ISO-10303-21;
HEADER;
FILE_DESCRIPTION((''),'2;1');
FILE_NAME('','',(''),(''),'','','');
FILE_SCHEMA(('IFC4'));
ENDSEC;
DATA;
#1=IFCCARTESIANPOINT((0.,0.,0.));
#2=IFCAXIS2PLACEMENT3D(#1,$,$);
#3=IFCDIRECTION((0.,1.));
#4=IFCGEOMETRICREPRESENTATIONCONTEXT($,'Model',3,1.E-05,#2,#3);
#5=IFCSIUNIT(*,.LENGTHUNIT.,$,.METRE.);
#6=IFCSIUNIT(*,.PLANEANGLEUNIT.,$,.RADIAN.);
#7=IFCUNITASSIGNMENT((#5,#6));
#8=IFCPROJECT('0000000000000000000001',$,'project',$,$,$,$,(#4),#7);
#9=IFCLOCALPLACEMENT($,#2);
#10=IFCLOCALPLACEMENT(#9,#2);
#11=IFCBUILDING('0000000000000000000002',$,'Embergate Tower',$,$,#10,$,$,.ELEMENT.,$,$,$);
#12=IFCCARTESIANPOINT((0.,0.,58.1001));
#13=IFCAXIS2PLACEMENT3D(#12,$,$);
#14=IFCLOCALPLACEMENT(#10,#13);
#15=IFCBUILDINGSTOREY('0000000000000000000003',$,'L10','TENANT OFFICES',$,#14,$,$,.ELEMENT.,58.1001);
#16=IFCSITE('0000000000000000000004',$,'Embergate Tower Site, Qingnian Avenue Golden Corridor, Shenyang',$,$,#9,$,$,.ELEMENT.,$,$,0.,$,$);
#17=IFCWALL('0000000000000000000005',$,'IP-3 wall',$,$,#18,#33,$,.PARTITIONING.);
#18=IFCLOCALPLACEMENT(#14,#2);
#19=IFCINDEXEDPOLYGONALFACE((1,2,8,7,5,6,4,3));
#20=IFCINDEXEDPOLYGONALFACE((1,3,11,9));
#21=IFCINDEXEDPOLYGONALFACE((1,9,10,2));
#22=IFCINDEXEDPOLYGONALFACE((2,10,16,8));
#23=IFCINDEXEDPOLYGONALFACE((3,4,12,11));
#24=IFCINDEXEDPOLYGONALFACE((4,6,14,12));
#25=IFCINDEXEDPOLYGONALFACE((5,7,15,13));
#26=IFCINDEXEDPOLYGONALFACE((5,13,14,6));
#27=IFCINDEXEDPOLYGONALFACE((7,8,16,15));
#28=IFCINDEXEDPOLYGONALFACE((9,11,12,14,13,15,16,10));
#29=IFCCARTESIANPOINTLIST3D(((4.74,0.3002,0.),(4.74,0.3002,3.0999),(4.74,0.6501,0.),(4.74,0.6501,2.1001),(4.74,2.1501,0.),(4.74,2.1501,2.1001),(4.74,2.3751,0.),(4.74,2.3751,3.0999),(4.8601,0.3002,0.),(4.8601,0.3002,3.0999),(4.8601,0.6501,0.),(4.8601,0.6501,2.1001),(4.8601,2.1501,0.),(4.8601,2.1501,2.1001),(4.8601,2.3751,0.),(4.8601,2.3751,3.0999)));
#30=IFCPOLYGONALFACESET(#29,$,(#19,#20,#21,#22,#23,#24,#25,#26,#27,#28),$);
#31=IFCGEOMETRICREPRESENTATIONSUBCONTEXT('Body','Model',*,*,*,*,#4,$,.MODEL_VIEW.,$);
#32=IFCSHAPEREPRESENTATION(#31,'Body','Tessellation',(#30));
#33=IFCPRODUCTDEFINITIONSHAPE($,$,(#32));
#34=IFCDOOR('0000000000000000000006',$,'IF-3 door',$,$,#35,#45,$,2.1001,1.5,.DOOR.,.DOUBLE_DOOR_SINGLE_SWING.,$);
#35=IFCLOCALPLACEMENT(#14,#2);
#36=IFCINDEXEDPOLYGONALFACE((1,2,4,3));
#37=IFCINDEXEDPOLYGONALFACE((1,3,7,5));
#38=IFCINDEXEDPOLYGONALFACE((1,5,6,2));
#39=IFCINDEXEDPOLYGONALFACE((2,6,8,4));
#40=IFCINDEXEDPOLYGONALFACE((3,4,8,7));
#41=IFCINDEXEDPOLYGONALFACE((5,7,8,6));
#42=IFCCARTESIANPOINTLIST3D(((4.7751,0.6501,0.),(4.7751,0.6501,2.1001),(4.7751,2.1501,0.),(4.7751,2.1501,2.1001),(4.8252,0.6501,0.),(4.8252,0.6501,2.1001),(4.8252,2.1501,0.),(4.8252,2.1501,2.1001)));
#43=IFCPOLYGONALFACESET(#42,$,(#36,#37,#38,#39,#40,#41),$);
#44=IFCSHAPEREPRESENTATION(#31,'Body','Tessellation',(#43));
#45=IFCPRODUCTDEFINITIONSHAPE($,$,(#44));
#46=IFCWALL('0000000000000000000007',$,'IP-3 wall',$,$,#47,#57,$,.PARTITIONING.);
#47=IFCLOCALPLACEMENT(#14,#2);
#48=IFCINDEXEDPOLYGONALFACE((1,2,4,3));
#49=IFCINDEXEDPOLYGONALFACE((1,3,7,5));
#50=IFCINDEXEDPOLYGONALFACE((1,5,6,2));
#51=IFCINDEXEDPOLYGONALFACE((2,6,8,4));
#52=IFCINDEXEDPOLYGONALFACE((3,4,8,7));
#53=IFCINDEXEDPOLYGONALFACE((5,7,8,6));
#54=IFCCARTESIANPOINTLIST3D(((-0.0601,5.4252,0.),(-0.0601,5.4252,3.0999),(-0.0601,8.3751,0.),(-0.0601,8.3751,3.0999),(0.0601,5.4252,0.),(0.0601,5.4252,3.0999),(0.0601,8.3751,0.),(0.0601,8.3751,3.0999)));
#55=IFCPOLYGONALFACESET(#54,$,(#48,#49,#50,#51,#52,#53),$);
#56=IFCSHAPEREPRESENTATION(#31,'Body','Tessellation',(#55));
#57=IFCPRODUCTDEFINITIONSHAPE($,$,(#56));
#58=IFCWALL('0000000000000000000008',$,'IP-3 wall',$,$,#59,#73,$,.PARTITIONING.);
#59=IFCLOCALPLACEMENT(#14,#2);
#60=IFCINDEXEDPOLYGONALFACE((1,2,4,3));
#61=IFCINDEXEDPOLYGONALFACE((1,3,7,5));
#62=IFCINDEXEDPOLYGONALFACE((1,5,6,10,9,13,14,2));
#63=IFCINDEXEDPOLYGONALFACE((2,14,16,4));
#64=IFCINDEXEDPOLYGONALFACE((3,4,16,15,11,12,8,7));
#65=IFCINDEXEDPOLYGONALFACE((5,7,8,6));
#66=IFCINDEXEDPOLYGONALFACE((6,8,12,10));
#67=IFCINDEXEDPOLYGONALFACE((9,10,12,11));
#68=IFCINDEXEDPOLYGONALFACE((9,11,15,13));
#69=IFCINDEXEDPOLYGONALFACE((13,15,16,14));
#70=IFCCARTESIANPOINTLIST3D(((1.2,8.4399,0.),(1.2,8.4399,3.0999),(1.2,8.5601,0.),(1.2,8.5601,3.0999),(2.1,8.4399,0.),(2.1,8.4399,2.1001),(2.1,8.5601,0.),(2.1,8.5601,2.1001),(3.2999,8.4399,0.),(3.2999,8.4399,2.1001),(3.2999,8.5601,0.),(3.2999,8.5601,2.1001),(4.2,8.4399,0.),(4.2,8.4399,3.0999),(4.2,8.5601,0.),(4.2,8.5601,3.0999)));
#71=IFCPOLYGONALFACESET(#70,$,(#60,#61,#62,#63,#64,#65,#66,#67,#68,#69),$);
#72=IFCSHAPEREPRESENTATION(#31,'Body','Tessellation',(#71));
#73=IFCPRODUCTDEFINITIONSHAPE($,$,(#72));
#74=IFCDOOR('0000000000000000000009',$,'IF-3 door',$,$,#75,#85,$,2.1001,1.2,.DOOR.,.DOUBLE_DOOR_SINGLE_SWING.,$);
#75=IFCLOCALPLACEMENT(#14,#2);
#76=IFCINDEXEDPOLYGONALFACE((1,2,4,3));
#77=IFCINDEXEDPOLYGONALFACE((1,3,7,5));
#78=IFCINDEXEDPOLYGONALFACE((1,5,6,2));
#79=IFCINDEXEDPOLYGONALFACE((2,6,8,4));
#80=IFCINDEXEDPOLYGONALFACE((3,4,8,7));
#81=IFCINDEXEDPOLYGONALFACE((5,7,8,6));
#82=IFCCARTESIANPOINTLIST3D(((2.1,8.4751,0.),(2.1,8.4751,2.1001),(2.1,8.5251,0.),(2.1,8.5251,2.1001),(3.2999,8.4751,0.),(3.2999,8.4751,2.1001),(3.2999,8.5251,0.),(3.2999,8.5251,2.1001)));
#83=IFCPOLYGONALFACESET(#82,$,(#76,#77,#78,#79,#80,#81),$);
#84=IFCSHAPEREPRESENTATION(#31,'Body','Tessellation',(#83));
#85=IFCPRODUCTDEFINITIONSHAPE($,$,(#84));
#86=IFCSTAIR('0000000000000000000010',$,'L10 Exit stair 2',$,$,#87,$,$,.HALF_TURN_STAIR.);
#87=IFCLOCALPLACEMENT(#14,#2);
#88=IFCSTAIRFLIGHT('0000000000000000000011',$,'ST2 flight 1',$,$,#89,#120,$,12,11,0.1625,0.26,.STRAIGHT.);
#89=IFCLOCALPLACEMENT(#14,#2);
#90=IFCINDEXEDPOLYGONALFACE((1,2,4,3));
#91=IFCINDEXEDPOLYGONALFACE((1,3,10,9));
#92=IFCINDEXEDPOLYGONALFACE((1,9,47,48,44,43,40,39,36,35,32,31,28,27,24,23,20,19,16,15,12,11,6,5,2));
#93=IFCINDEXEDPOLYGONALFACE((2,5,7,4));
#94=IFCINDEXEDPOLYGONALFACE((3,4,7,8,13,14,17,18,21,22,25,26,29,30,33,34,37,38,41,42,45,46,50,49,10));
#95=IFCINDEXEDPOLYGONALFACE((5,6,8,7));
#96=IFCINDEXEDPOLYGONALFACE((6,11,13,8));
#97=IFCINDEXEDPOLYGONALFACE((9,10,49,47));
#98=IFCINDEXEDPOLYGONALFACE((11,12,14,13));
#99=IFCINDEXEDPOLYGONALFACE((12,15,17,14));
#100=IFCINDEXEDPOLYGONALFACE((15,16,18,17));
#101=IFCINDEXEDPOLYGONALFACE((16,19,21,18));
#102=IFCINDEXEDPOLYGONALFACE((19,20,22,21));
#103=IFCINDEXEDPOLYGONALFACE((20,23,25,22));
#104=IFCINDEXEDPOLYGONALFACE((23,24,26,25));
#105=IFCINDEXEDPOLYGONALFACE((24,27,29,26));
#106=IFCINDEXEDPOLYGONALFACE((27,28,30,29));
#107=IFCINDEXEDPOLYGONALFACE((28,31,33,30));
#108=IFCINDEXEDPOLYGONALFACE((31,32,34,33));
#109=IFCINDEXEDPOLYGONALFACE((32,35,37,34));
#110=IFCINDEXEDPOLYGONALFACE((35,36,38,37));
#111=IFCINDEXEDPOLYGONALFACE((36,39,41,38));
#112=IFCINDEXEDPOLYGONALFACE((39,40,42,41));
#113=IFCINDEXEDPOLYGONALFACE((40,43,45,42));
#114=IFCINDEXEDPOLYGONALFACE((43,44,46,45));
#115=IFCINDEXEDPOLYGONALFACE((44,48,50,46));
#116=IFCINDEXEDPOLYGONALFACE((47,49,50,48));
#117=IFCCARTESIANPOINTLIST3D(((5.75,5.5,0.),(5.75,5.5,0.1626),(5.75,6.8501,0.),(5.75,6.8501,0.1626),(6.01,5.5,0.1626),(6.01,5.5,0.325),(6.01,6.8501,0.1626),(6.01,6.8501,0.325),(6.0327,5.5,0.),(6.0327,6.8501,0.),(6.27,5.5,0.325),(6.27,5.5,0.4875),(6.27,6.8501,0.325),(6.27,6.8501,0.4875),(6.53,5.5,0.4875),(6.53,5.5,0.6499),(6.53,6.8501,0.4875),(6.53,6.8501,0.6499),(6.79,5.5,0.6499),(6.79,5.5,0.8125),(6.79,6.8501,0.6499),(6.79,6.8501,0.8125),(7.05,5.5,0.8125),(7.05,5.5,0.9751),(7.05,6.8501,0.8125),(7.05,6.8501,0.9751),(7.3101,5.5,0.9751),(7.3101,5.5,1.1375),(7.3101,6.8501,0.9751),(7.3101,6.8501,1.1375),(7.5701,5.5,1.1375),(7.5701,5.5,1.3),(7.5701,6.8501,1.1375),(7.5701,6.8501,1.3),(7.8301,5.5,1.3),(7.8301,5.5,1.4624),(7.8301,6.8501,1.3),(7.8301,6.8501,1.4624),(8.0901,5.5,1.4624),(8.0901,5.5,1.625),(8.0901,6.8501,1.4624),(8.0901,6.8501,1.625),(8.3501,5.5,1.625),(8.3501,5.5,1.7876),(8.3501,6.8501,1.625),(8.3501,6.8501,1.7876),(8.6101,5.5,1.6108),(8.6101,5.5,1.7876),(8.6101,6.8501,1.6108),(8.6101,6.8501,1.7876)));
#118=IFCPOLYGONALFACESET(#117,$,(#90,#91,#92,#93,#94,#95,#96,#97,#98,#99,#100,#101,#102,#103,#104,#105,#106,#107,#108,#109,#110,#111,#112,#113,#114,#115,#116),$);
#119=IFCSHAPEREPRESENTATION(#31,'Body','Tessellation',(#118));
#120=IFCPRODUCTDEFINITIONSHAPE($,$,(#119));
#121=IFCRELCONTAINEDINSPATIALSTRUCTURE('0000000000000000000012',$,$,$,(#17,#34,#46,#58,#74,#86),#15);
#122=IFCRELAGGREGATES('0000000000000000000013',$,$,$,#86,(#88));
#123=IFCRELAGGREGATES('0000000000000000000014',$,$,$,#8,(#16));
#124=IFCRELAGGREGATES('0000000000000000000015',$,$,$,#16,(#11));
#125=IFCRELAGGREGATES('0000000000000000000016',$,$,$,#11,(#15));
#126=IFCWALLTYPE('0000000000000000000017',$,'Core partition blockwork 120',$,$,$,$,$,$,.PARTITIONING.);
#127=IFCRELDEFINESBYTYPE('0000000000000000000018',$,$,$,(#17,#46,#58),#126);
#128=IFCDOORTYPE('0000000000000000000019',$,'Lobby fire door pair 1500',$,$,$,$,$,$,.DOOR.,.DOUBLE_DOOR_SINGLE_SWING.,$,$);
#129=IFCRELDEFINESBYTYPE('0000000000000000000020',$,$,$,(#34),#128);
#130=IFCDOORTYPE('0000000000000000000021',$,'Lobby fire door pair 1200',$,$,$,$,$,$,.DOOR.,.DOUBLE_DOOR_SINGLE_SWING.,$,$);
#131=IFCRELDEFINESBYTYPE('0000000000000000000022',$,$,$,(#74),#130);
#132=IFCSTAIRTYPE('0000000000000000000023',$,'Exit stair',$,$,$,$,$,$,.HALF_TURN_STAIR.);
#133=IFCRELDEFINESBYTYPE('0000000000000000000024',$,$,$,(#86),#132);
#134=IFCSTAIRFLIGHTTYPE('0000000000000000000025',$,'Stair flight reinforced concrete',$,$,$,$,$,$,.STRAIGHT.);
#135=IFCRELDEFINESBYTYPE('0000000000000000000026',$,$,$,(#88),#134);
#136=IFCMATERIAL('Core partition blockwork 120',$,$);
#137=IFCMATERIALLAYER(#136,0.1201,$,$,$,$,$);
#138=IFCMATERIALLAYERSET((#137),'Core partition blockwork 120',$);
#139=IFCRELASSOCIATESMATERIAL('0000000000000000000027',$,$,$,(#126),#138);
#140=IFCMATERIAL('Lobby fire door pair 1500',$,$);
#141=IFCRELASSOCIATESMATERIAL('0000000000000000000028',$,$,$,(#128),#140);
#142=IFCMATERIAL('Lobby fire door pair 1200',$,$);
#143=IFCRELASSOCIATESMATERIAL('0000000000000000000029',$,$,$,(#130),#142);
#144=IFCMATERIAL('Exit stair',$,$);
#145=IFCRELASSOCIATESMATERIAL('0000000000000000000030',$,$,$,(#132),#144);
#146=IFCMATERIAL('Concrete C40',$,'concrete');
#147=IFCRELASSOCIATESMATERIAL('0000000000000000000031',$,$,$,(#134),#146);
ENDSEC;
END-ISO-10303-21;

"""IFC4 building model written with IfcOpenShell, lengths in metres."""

from ifc_helpers import new_model, si_unit, direction, frame, frame_2d, origin, place, context, subcontext, project, spatial, polyline, rectangle, outline, extrude, source, transform, mapped, material, layer, layer_set, type_object, element, fill, aggregate, save


model = new_model("IFC4")

# Units and contexts
model_context = context("Model", 3, precision=1e-05, world=origin(), true_north=direction((0.0, 1.0)))
body_context = subcontext(model_context, "Body", "Model", "MODEL_VIEW")
ifc_project = project(units=[si_unit("LENGTHUNIT", "METRE"), si_unit("PLANEANGLEUNIT", "RADIAN")], contexts=[model_context])

# Site, building, storey
site_placement = place(None, origin())
site = spatial("IfcSite", under=ifc_project, at=site_placement, Name="Embergate Tower Site, Qingnian Avenue Golden Corridor, Shenyang", CompositionType="ELEMENT", RefElevation=0.0)
building_placement = place(site_placement, origin())
building = spatial("IfcBuilding", under=site, at=building_placement, Name="Embergate Tower", CompositionType="ELEMENT")
storey_placement = place(building_placement, frame((0.0, 0.0, 58.1001)))
storey = spatial("IfcBuildingStorey", under=building, at=storey_placement, Name="L10", Description="TENANT OFFICES", CompositionType="ELEMENT", Elevation=58.1001)

# Shared definitions
shared_shape_1 = source(origin(), body_context, "Body", "SweptSolid", [
    extrude(rectangle(XDim=1.2, YDim=2.1001, at=frame_2d((0.6001, 1.05))), frame((0.0, 0.0249, 0.0), z_axis=(0.0, -1.0, 0.0), x_axis=(1.0, 0.0, 0.0)), (0.0, 0.0, 1.0), 0.05),
])

# Shared definitions
ifc_material_1 = material(Name="Core partition blockwork 120")
ifc_layer_1 = layer(ifc_material_1, 0.1201)
ifc_layer_set_1 = layer_set([ifc_layer_1], Name="Core partition blockwork 120")
wall_type_1 = type_object("IfcWallType", Name="Core partition blockwork 120", PredefinedType="PARTITIONING", material=ifc_layer_set_1)

# Wall, opening, door
shared_shape_2 = source(origin(), body_context, "Body", "SweptSolid", [
    extrude(rectangle(XDim=2.075, YDim=0.1201, at=frame_2d((1.0376, 0.0))), origin(), (0.0, 0.0, 1.0), 3.0999),
])
wall_1_placement = place(storey_placement, frame((4.8, 0.3, 0.0), z_axis=(0.0, 0.0, 1.0), x_axis=(0.0, 1.0, 0.0)))
wall_1 = element("IfcWall", 1, at=wall_1_placement, inside=storey, type_object=wall_type_1, Name="IP-3 wall", PredefinedType="PARTITIONING", context=body_context, shape_type="MappedRepresentation", body=[
    mapped(shared_shape_2, transform((0.0, 0.0, 0.0))),
])
shared_shape_3 = source(origin(), body_context, "Body", "SweptSolid", [
    extrude(rectangle(XDim=1.5, YDim=2.1001, at=frame_2d((0.75, 1.05))), frame((0.0, 0.0701, 0.0), z_axis=(0.0, -1.0, 0.0), x_axis=(1.0, 0.0, 0.0)), (0.0, 0.0, 1.0), 0.1401),
])
opening_1_placement = place(wall_1_placement, frame((0.3501, 0.0, 0.0)))
opening_1 = element("IfcOpeningElement", 2, at=opening_1_placement, cuts=wall_1, PredefinedType="OPENING", context=body_context, shape_type="MappedRepresentation", body=[
    mapped(shared_shape_3, transform((0.0, 0.0, 0.0))),
])
ifc_material_2 = material(Name="Lobby fire door pair 1500")
door_type_1 = type_object("IfcDoorType", Name="Lobby fire door pair 1500", OperationType="DOUBLE_DOOR_SINGLE_SWING", PredefinedType="DOOR", material=ifc_material_2)
shared_shape_4 = source(origin(), body_context, "Body", "SweptSolid", [
    extrude(rectangle(XDim=1.5, YDim=2.1001, at=frame_2d((0.75, 1.05))), frame((0.0, 0.0249, 0.0), z_axis=(0.0, -1.0, 0.0), x_axis=(1.0, 0.0, 0.0)), (0.0, 0.0, 1.0), 0.05),
])
door_1_placement = place(opening_1_placement, origin())
door_1 = element("IfcDoor", 3, at=door_1_placement, inside=storey, type_object=door_type_1, Name="IF-3 door", OperationType="DOUBLE_DOOR_SINGLE_SWING", OverallHeight=2.1001, OverallWidth=1.5, PredefinedType="DOOR", context=body_context, shape_type="MappedRepresentation", body=[
    mapped(shared_shape_4, transform((0.0, 0.0, 0.0))),
])
fill(opening_1, door_1)

# Wall
shared_shape_5 = source(origin(), body_context, "Body", "SweptSolid", [
    extrude(rectangle(XDim=2.95, YDim=0.1201, at=frame_2d((1.4751, 0.0))), origin(), (0.0, 0.0, 1.0), 3.0999),
])
wall_2_placement = place(storey_placement, frame((0.0, 5.425, 0.0), z_axis=(0.0, 0.0, 1.0), x_axis=(0.0, 1.0, 0.0)))
element("IfcWall", 4, at=wall_2_placement, inside=storey, type_object=wall_type_1, Name="IP-3 wall", PredefinedType="PARTITIONING", context=body_context, shape_type="MappedRepresentation", body=[
    mapped(shared_shape_5, transform((0.0, 0.0, 0.0))),
])

# Wall, opening, door
shared_shape_6 = source(origin(), body_context, "Body", "SweptSolid", [
    extrude(rectangle(XDim=3.0, YDim=0.1201, at=frame_2d((1.5, 0.0))), origin(), (0.0, 0.0, 1.0), 3.0999),
])
wall_3_placement = place(storey_placement, frame((4.2, 8.5, 0.0), z_axis=(0.0, 0.0, 1.0), x_axis=(-1.0, 0.0, 0.0)))
wall_3 = element("IfcWall", 5, at=wall_3_placement, inside=storey, type_object=wall_type_1, Name="IP-3 wall", PredefinedType="PARTITIONING", context=body_context, shape_type="MappedRepresentation", body=[
    mapped(shared_shape_6, transform((0.0, 0.0, 0.0))),
])
shared_shape_7 = source(origin(), body_context, "Body", "SweptSolid", [
    extrude(rectangle(XDim=1.2, YDim=2.1001, at=frame_2d((0.6001, 1.05))), frame((0.0, 0.0701, 0.0), z_axis=(0.0, -1.0, 0.0), x_axis=(1.0, 0.0, 0.0)), (0.0, 0.0, 1.0), 0.1401),
])
opening_2_placement = place(wall_3_placement, frame((0.8999, 0.0, 0.0)))
opening_2 = element("IfcOpeningElement", 6, at=opening_2_placement, cuts=wall_3, PredefinedType="OPENING", context=body_context, shape_type="MappedRepresentation", body=[
    mapped(shared_shape_7, transform((0.0, 0.0, 0.0))),
])
ifc_material_3 = material(Name="Lobby fire door pair 1200")
door_type_2 = type_object("IfcDoorType", Name="Lobby fire door pair 1200", OperationType="DOUBLE_DOOR_SINGLE_SWING", PredefinedType="DOOR", material=ifc_material_3)
door_2_placement = place(opening_2_placement, origin())
door_2 = element("IfcDoor", 7, at=door_2_placement, inside=storey, type_object=door_type_2, Name="IF-3 door", OperationType="DOUBLE_DOOR_SINGLE_SWING", OverallHeight=2.1001, OverallWidth=1.2, PredefinedType="DOOR", context=body_context, shape_type="MappedRepresentation", body=[
    mapped(shared_shape_1, transform((0.0, 0.0, 0.0))),
])
fill(opening_2, door_2)

# Stair, stair flight
ifc_material_4 = material(Name="Exit stair")
stair_type = type_object("IfcStairType", Name="Exit stair", PredefinedType="HALF_TURN_STAIR", material=ifc_material_4)
stair_placement = place(storey_placement, origin())
stair = element("IfcStair", 8, at=stair_placement, inside=storey, type_object=stair_type, Name="L10 Exit stair 2", PredefinedType="HALF_TURN_STAIR")
ifc_material_5 = material(Name="Concrete C40", Category="concrete")
stair_flight_type = type_object("IfcStairFlightType", Name="Stair flight reinforced concrete", PredefinedType="STRAIGHT", material=ifc_material_5)
shared_shape_8 = source(origin(), body_context, "Body", "SweptSolid", [
    extrude(outline(polyline([(0.0, 0.0), (0.0, 0.1626), (0.26, 0.1626), (0.26, 0.325), (0.52, 0.325), (0.52, 0.4875), (0.78, 0.4875), (0.78, 0.6499), (1.04, 0.6499), (1.04, 0.8125), (1.3, 0.8125), (1.3, 0.9751), (1.5601, 0.9751), (1.5601, 1.1375), (1.8201, 1.1375), (1.8201, 1.3), (2.0801, 1.3), (2.0801, 1.4624), (2.3401, 1.4624), (2.3401, 1.625), (2.6001, 1.625), (2.6001, 1.7876), (2.8601, 1.7876), (2.8601, 1.95), (2.8601, 1.6108), (0.2827, 0.0), (0.0, 0.0)])), frame((0.0, 0.675, 0.0), z_axis=(0.0, -1.0, 0.0), x_axis=(1.0, 0.0, 0.0)), (0.0, 0.0, 1.0), 1.3501),
])
stair_flight_placement = place(storey_placement, frame((5.75, 6.175, 0.0), z_axis=(0.0, 0.0, 1.0), x_axis=(1.0, 0.0, 0.0)))
stair_flight = element("IfcStairFlight", 9, at=stair_flight_placement, type_object=stair_flight_type, Name="ST2 flight 1", NumberOfRisers=12, NumberOfTreads=11, PredefinedType="STRAIGHT", RiserHeight=0.1625, TreadLength=0.26, context=body_context, shape_type="MappedRepresentation", body=[
    mapped(shared_shape_8, transform((0.0, 0.0, 0.0))),
])
aggregate(stair, [stair_flight])

save(model, "model.ifc")
